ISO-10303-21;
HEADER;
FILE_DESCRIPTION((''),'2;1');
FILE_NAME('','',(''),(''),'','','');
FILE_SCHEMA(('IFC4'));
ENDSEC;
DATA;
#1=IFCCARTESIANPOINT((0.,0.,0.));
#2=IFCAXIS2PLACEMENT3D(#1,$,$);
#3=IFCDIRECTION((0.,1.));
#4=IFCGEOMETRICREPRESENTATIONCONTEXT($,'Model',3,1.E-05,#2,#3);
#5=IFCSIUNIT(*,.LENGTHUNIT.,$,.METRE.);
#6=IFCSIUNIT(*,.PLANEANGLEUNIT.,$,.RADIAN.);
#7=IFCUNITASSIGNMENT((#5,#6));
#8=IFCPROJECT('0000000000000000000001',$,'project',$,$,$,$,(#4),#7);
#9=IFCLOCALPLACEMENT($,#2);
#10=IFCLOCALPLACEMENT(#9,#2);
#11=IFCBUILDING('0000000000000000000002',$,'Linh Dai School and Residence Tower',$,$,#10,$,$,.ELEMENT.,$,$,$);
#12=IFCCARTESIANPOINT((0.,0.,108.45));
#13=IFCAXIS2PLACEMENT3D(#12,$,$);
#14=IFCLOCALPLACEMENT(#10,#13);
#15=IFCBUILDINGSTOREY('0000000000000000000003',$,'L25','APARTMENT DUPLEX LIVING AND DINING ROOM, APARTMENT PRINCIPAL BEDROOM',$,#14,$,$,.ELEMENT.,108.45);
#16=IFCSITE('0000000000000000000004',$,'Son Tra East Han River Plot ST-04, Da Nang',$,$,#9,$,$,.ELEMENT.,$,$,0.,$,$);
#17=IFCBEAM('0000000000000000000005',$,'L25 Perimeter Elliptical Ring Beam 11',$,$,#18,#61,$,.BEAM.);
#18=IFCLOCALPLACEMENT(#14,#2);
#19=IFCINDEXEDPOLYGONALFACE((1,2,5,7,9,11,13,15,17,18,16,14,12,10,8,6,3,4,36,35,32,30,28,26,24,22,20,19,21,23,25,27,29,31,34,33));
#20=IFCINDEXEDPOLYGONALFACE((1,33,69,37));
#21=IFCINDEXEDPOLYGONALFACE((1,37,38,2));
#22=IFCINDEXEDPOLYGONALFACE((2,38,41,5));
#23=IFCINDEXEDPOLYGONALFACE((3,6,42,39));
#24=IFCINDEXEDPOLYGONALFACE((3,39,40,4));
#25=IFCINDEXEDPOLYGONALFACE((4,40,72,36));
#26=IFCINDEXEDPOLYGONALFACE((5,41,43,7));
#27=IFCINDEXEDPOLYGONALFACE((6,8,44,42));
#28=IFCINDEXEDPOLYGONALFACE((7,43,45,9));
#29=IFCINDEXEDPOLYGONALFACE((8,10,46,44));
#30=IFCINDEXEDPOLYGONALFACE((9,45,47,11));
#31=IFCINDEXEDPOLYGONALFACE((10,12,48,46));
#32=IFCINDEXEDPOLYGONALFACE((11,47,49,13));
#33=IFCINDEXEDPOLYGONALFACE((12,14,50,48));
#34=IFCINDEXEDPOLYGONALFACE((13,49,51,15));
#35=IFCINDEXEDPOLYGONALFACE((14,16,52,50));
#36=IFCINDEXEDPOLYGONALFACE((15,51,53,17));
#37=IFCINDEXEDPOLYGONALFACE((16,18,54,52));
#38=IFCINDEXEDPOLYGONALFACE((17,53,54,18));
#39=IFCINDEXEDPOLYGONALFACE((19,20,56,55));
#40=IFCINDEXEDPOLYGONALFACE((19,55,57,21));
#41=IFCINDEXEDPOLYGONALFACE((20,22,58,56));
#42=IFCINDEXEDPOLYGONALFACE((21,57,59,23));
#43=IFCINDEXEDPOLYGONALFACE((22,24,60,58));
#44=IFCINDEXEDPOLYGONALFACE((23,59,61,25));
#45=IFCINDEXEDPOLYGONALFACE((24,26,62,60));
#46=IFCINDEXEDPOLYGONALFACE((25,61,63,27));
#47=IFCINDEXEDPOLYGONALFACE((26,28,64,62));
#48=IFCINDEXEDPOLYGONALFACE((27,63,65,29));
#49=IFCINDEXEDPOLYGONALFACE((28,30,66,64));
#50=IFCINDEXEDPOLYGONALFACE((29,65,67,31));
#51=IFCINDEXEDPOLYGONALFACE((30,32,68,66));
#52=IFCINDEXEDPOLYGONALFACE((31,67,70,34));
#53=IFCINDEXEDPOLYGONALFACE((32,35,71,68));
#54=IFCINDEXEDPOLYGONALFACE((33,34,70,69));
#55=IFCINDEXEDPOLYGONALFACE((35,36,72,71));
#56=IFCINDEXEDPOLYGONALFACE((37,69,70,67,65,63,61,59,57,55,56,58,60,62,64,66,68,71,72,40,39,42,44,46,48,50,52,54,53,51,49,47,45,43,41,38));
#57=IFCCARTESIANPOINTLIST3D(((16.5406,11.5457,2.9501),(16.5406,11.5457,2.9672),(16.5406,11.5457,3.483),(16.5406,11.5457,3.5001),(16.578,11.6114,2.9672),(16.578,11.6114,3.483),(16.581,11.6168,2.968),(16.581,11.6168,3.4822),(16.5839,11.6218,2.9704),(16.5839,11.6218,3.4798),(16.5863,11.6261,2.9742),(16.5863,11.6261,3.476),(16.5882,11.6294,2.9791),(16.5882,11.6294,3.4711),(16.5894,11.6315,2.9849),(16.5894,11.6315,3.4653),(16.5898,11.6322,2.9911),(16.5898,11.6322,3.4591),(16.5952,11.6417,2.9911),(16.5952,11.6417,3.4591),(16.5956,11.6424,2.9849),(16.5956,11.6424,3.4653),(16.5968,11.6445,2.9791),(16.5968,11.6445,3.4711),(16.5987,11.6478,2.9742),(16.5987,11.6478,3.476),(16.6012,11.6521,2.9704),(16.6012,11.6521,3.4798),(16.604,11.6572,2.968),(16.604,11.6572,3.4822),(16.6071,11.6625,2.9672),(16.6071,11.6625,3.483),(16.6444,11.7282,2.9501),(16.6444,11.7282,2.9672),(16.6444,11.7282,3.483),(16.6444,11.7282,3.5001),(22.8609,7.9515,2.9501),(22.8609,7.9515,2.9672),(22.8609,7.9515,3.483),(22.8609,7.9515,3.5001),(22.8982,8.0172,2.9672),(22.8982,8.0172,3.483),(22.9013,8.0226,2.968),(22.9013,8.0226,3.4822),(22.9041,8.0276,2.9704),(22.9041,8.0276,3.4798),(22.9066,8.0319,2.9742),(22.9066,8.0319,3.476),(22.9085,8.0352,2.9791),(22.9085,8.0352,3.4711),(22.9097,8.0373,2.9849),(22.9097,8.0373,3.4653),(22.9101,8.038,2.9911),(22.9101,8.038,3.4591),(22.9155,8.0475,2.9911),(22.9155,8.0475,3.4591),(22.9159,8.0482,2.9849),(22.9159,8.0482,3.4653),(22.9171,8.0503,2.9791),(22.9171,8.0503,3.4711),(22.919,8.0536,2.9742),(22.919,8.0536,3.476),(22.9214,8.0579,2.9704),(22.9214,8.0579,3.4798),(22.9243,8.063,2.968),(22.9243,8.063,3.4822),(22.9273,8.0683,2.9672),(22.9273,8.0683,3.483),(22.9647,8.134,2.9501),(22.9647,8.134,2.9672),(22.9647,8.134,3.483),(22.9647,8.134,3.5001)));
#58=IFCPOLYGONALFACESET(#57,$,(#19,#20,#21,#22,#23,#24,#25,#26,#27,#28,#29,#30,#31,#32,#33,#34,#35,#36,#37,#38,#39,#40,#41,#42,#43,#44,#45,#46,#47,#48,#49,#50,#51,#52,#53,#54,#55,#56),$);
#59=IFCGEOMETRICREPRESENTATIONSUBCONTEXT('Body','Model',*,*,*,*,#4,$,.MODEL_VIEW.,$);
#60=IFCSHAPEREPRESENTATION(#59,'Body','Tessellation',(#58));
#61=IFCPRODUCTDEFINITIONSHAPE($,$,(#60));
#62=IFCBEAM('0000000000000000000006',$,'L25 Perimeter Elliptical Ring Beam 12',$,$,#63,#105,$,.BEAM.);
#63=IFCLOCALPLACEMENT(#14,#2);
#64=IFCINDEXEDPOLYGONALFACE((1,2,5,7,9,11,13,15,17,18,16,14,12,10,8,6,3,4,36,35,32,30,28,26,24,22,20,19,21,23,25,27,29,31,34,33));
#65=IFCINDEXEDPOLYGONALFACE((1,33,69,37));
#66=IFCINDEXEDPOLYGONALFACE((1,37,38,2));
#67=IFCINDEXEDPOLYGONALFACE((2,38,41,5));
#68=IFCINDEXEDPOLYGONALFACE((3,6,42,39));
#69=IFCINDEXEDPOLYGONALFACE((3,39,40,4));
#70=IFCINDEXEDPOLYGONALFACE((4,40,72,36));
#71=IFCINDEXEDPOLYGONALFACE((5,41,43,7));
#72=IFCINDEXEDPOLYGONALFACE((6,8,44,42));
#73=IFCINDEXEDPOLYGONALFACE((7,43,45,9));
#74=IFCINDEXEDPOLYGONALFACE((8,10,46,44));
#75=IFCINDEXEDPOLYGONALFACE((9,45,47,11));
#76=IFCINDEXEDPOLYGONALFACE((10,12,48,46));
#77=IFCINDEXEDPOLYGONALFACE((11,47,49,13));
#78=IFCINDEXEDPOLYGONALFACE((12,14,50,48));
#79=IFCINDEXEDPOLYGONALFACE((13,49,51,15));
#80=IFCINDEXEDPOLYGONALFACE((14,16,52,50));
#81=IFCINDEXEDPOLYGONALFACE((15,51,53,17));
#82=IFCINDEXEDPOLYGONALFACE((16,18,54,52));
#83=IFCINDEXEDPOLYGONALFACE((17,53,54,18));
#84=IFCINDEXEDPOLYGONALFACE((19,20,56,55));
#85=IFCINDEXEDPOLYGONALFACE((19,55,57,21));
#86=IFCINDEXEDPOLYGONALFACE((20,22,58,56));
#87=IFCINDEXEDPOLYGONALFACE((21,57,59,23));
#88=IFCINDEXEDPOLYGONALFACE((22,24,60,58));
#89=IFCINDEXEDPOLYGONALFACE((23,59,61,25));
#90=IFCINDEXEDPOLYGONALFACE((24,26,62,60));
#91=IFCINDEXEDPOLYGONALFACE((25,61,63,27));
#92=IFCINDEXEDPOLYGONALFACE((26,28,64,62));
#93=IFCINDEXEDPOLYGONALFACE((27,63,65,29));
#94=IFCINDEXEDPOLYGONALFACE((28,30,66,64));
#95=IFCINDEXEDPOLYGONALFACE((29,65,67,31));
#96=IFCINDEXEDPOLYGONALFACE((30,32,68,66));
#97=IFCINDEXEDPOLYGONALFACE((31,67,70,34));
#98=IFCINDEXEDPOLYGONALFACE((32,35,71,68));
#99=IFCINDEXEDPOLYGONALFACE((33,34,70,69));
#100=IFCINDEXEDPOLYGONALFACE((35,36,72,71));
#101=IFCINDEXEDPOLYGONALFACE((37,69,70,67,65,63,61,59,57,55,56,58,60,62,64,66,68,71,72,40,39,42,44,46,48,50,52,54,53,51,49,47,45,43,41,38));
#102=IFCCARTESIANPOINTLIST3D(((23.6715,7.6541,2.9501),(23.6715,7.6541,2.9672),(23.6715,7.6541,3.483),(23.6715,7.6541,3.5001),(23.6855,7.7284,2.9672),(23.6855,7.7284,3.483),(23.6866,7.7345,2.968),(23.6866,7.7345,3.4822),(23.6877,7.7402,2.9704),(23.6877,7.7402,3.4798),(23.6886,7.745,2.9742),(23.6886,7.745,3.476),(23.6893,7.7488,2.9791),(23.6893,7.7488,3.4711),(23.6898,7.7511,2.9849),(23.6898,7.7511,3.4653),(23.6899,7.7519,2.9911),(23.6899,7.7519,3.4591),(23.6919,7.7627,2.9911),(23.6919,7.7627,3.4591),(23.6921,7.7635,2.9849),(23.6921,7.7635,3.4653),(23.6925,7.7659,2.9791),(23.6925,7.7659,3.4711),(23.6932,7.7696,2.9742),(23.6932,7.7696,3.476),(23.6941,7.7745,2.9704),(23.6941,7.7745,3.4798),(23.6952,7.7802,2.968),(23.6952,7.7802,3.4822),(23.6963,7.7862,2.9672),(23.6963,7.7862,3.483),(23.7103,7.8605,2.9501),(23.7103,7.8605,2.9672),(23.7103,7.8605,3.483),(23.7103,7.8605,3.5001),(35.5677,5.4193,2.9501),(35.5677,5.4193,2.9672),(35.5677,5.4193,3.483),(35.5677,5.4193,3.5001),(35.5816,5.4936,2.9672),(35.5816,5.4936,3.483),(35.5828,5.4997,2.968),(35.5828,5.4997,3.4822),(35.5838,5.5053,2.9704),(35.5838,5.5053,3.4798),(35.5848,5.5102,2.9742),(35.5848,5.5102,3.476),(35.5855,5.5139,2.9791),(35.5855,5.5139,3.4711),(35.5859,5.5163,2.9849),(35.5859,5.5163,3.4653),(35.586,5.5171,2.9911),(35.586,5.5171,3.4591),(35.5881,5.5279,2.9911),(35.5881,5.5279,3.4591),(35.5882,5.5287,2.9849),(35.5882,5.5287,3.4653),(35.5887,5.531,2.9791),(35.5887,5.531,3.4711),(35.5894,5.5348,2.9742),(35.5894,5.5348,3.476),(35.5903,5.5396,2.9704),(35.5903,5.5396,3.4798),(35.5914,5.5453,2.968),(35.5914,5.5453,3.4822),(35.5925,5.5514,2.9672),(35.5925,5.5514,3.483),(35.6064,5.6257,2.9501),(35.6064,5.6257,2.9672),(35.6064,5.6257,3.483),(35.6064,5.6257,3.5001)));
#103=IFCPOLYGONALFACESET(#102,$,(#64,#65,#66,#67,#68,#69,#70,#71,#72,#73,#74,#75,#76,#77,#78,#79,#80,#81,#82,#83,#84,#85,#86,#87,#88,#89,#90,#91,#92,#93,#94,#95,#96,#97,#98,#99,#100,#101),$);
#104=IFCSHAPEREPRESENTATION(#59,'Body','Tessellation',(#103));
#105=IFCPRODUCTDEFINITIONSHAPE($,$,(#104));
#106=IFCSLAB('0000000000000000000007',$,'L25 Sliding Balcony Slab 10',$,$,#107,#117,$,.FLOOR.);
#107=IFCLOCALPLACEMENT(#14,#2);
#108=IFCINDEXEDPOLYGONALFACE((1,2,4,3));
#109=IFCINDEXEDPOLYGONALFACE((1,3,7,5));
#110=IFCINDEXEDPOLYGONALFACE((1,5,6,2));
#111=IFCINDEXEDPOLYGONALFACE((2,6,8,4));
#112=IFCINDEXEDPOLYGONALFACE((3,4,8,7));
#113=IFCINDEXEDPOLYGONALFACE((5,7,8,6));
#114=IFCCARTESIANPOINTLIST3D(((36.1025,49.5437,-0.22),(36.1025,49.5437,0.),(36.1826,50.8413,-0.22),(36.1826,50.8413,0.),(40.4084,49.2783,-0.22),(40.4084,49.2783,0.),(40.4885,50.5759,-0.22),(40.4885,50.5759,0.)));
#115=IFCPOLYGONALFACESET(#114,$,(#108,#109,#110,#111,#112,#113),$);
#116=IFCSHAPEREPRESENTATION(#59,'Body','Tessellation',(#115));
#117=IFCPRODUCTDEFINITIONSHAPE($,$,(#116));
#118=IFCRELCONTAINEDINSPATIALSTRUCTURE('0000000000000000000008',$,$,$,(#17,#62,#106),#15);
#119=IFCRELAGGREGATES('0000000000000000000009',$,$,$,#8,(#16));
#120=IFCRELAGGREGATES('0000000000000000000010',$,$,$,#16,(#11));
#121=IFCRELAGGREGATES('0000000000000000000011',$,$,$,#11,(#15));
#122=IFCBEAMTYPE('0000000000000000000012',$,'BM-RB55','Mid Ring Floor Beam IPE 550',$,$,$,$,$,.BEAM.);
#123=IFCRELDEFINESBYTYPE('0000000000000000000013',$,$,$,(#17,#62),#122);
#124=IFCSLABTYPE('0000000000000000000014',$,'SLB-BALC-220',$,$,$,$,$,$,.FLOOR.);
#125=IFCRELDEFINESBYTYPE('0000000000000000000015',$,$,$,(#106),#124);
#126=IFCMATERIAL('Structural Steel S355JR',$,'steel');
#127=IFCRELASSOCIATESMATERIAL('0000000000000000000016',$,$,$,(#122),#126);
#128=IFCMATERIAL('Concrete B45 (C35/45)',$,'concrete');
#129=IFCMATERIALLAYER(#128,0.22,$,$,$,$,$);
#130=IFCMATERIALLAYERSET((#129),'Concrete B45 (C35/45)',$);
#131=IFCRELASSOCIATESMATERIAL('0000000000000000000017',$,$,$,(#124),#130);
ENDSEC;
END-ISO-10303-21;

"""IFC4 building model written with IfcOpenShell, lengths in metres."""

from ifc_helpers import new_model, si_unit, direction, frame, origin, origin_2d, place, context, subcontext, project, spatial, polyline, i_section, outline, extrude, material, layer, layer_set, material_profile, profile_set, type_object, element, save


model = new_model("IFC4")

# Units and contexts
model_context = context("Model", 3, precision=1e-05, world=origin(), true_north=direction((0.0, 1.0)))
body_context = subcontext(model_context, "Body", "Model", "MODEL_VIEW")
ifc_project = project(units=[si_unit("LENGTHUNIT", "METRE"), si_unit("PLANEANGLEUNIT", "RADIAN")], contexts=[model_context])

# Site, building, storey
site_placement = place(None, origin())
site = spatial("IfcSite", under=ifc_project, at=site_placement, Name="Son Tra East Han River Plot ST-04, Da Nang", CompositionType="ELEMENT", RefElevation=0.0)
building_placement = place(site_placement, origin())
building = spatial("IfcBuilding", under=site, at=building_placement, Name="Linh Dai School and Residence Tower", CompositionType="ELEMENT")
storey_placement = place(building_placement, frame((0.0, 0.0, 108.45)))
storey = spatial("IfcBuildingStorey", under=building, at=storey_placement, Name="L25", Description="APARTMENT DUPLEX LIVING AND DINING ROOM, APARTMENT PRINCIPAL BEDROOM", CompositionType="ELEMENT", Elevation=108.45)

# Shared definitions
ifc_material_1 = material(Name="Structural Steel S355JR", Category="steel")

# Beams
ifc_material_profile_1 = material_profile(ifc_material_1, i_section(OverallWidth=0.21, OverallDepth=0.55, WebThickness=0.011, FlangeThickness=0.0171, FilletRadius=0.0239, at=origin_2d()), Name="IPE 550")
ifc_profile_set_1 = profile_set([ifc_material_profile_1], Name="Structural Steel S355JR")
beam_type = type_object("IfcBeamType", Name="BM-RB55", Description="Mid Ring Floor Beam IPE 550", PredefinedType="BEAM", material=ifc_profile_set_1)
beam_1_placement = place(storey_placement, frame((16.5925, 11.637, 3.2251), z_axis=(0.86927, -0.494337, 0.0), x_axis=(0.494337, 0.86927, 0.0)))
element("IfcBeam", 1, at=beam_1_placement, inside=storey, type_object=beam_type, Name="L25 Perimeter Elliptical Ring Beam 11", PredefinedType="BEAM", context=body_context, shape_type="SweptSolid", body=[
    extrude(i_section(OverallWidth=0.21, OverallDepth=0.55, WebThickness=0.011, FlangeThickness=0.0171, FilletRadius=0.0239, at=origin_2d()), origin(), (0.0, 0.0, 1.0), 7.2708),
])
beam_2_placement = place(storey_placement, frame((23.6909, 7.7573, 3.2251), z_axis=(0.982808, -0.184633, 0.0), x_axis=(0.184633, 0.982808, 0.0)))
element("IfcBeam", 2, at=beam_2_placement, inside=storey, type_object=beam_type, Name="L25 Perimeter Elliptical Ring Beam 12", PredefinedType="BEAM", context=body_context, shape_type="SweptSolid", body=[
    extrude(i_section(OverallWidth=0.21, OverallDepth=0.55, WebThickness=0.011, FlangeThickness=0.0171, FilletRadius=0.0239, at=origin_2d()), origin(), (0.0, 0.0, 1.0), 12.1042),
])

# Slab
ifc_material_2 = material(Name="Concrete B45 (C35/45)", Category="concrete")
ifc_layer_1 = layer(ifc_material_2, 0.22)
ifc_layer_set_1 = layer_set([ifc_layer_1], Name="Concrete B45 (C35/45)")
slab_type_1 = type_object("IfcSlabType", Name="SLB-BALC-220", PredefinedType="FLOOR", material=ifc_layer_set_1)
slab_1_placement = place(storey_placement, frame((0.0, 0.0, -0.22)))
element("IfcSlab", 3, at=slab_1_placement, inside=storey, type_object=slab_type_1, Name="L25 Sliding Balcony Slab 10", PredefinedType="FLOOR", context=body_context, shape_type="SweptSolid", body=[
    extrude(outline(polyline([(36.1025, 49.5437), (40.4084, 49.2783), (40.4885, 50.5759), (36.1826, 50.8413), (36.1025, 49.5437)])), origin(), (0.0, 0.0, 1.0), 0.22),
])

save(model, "model.ifc")
